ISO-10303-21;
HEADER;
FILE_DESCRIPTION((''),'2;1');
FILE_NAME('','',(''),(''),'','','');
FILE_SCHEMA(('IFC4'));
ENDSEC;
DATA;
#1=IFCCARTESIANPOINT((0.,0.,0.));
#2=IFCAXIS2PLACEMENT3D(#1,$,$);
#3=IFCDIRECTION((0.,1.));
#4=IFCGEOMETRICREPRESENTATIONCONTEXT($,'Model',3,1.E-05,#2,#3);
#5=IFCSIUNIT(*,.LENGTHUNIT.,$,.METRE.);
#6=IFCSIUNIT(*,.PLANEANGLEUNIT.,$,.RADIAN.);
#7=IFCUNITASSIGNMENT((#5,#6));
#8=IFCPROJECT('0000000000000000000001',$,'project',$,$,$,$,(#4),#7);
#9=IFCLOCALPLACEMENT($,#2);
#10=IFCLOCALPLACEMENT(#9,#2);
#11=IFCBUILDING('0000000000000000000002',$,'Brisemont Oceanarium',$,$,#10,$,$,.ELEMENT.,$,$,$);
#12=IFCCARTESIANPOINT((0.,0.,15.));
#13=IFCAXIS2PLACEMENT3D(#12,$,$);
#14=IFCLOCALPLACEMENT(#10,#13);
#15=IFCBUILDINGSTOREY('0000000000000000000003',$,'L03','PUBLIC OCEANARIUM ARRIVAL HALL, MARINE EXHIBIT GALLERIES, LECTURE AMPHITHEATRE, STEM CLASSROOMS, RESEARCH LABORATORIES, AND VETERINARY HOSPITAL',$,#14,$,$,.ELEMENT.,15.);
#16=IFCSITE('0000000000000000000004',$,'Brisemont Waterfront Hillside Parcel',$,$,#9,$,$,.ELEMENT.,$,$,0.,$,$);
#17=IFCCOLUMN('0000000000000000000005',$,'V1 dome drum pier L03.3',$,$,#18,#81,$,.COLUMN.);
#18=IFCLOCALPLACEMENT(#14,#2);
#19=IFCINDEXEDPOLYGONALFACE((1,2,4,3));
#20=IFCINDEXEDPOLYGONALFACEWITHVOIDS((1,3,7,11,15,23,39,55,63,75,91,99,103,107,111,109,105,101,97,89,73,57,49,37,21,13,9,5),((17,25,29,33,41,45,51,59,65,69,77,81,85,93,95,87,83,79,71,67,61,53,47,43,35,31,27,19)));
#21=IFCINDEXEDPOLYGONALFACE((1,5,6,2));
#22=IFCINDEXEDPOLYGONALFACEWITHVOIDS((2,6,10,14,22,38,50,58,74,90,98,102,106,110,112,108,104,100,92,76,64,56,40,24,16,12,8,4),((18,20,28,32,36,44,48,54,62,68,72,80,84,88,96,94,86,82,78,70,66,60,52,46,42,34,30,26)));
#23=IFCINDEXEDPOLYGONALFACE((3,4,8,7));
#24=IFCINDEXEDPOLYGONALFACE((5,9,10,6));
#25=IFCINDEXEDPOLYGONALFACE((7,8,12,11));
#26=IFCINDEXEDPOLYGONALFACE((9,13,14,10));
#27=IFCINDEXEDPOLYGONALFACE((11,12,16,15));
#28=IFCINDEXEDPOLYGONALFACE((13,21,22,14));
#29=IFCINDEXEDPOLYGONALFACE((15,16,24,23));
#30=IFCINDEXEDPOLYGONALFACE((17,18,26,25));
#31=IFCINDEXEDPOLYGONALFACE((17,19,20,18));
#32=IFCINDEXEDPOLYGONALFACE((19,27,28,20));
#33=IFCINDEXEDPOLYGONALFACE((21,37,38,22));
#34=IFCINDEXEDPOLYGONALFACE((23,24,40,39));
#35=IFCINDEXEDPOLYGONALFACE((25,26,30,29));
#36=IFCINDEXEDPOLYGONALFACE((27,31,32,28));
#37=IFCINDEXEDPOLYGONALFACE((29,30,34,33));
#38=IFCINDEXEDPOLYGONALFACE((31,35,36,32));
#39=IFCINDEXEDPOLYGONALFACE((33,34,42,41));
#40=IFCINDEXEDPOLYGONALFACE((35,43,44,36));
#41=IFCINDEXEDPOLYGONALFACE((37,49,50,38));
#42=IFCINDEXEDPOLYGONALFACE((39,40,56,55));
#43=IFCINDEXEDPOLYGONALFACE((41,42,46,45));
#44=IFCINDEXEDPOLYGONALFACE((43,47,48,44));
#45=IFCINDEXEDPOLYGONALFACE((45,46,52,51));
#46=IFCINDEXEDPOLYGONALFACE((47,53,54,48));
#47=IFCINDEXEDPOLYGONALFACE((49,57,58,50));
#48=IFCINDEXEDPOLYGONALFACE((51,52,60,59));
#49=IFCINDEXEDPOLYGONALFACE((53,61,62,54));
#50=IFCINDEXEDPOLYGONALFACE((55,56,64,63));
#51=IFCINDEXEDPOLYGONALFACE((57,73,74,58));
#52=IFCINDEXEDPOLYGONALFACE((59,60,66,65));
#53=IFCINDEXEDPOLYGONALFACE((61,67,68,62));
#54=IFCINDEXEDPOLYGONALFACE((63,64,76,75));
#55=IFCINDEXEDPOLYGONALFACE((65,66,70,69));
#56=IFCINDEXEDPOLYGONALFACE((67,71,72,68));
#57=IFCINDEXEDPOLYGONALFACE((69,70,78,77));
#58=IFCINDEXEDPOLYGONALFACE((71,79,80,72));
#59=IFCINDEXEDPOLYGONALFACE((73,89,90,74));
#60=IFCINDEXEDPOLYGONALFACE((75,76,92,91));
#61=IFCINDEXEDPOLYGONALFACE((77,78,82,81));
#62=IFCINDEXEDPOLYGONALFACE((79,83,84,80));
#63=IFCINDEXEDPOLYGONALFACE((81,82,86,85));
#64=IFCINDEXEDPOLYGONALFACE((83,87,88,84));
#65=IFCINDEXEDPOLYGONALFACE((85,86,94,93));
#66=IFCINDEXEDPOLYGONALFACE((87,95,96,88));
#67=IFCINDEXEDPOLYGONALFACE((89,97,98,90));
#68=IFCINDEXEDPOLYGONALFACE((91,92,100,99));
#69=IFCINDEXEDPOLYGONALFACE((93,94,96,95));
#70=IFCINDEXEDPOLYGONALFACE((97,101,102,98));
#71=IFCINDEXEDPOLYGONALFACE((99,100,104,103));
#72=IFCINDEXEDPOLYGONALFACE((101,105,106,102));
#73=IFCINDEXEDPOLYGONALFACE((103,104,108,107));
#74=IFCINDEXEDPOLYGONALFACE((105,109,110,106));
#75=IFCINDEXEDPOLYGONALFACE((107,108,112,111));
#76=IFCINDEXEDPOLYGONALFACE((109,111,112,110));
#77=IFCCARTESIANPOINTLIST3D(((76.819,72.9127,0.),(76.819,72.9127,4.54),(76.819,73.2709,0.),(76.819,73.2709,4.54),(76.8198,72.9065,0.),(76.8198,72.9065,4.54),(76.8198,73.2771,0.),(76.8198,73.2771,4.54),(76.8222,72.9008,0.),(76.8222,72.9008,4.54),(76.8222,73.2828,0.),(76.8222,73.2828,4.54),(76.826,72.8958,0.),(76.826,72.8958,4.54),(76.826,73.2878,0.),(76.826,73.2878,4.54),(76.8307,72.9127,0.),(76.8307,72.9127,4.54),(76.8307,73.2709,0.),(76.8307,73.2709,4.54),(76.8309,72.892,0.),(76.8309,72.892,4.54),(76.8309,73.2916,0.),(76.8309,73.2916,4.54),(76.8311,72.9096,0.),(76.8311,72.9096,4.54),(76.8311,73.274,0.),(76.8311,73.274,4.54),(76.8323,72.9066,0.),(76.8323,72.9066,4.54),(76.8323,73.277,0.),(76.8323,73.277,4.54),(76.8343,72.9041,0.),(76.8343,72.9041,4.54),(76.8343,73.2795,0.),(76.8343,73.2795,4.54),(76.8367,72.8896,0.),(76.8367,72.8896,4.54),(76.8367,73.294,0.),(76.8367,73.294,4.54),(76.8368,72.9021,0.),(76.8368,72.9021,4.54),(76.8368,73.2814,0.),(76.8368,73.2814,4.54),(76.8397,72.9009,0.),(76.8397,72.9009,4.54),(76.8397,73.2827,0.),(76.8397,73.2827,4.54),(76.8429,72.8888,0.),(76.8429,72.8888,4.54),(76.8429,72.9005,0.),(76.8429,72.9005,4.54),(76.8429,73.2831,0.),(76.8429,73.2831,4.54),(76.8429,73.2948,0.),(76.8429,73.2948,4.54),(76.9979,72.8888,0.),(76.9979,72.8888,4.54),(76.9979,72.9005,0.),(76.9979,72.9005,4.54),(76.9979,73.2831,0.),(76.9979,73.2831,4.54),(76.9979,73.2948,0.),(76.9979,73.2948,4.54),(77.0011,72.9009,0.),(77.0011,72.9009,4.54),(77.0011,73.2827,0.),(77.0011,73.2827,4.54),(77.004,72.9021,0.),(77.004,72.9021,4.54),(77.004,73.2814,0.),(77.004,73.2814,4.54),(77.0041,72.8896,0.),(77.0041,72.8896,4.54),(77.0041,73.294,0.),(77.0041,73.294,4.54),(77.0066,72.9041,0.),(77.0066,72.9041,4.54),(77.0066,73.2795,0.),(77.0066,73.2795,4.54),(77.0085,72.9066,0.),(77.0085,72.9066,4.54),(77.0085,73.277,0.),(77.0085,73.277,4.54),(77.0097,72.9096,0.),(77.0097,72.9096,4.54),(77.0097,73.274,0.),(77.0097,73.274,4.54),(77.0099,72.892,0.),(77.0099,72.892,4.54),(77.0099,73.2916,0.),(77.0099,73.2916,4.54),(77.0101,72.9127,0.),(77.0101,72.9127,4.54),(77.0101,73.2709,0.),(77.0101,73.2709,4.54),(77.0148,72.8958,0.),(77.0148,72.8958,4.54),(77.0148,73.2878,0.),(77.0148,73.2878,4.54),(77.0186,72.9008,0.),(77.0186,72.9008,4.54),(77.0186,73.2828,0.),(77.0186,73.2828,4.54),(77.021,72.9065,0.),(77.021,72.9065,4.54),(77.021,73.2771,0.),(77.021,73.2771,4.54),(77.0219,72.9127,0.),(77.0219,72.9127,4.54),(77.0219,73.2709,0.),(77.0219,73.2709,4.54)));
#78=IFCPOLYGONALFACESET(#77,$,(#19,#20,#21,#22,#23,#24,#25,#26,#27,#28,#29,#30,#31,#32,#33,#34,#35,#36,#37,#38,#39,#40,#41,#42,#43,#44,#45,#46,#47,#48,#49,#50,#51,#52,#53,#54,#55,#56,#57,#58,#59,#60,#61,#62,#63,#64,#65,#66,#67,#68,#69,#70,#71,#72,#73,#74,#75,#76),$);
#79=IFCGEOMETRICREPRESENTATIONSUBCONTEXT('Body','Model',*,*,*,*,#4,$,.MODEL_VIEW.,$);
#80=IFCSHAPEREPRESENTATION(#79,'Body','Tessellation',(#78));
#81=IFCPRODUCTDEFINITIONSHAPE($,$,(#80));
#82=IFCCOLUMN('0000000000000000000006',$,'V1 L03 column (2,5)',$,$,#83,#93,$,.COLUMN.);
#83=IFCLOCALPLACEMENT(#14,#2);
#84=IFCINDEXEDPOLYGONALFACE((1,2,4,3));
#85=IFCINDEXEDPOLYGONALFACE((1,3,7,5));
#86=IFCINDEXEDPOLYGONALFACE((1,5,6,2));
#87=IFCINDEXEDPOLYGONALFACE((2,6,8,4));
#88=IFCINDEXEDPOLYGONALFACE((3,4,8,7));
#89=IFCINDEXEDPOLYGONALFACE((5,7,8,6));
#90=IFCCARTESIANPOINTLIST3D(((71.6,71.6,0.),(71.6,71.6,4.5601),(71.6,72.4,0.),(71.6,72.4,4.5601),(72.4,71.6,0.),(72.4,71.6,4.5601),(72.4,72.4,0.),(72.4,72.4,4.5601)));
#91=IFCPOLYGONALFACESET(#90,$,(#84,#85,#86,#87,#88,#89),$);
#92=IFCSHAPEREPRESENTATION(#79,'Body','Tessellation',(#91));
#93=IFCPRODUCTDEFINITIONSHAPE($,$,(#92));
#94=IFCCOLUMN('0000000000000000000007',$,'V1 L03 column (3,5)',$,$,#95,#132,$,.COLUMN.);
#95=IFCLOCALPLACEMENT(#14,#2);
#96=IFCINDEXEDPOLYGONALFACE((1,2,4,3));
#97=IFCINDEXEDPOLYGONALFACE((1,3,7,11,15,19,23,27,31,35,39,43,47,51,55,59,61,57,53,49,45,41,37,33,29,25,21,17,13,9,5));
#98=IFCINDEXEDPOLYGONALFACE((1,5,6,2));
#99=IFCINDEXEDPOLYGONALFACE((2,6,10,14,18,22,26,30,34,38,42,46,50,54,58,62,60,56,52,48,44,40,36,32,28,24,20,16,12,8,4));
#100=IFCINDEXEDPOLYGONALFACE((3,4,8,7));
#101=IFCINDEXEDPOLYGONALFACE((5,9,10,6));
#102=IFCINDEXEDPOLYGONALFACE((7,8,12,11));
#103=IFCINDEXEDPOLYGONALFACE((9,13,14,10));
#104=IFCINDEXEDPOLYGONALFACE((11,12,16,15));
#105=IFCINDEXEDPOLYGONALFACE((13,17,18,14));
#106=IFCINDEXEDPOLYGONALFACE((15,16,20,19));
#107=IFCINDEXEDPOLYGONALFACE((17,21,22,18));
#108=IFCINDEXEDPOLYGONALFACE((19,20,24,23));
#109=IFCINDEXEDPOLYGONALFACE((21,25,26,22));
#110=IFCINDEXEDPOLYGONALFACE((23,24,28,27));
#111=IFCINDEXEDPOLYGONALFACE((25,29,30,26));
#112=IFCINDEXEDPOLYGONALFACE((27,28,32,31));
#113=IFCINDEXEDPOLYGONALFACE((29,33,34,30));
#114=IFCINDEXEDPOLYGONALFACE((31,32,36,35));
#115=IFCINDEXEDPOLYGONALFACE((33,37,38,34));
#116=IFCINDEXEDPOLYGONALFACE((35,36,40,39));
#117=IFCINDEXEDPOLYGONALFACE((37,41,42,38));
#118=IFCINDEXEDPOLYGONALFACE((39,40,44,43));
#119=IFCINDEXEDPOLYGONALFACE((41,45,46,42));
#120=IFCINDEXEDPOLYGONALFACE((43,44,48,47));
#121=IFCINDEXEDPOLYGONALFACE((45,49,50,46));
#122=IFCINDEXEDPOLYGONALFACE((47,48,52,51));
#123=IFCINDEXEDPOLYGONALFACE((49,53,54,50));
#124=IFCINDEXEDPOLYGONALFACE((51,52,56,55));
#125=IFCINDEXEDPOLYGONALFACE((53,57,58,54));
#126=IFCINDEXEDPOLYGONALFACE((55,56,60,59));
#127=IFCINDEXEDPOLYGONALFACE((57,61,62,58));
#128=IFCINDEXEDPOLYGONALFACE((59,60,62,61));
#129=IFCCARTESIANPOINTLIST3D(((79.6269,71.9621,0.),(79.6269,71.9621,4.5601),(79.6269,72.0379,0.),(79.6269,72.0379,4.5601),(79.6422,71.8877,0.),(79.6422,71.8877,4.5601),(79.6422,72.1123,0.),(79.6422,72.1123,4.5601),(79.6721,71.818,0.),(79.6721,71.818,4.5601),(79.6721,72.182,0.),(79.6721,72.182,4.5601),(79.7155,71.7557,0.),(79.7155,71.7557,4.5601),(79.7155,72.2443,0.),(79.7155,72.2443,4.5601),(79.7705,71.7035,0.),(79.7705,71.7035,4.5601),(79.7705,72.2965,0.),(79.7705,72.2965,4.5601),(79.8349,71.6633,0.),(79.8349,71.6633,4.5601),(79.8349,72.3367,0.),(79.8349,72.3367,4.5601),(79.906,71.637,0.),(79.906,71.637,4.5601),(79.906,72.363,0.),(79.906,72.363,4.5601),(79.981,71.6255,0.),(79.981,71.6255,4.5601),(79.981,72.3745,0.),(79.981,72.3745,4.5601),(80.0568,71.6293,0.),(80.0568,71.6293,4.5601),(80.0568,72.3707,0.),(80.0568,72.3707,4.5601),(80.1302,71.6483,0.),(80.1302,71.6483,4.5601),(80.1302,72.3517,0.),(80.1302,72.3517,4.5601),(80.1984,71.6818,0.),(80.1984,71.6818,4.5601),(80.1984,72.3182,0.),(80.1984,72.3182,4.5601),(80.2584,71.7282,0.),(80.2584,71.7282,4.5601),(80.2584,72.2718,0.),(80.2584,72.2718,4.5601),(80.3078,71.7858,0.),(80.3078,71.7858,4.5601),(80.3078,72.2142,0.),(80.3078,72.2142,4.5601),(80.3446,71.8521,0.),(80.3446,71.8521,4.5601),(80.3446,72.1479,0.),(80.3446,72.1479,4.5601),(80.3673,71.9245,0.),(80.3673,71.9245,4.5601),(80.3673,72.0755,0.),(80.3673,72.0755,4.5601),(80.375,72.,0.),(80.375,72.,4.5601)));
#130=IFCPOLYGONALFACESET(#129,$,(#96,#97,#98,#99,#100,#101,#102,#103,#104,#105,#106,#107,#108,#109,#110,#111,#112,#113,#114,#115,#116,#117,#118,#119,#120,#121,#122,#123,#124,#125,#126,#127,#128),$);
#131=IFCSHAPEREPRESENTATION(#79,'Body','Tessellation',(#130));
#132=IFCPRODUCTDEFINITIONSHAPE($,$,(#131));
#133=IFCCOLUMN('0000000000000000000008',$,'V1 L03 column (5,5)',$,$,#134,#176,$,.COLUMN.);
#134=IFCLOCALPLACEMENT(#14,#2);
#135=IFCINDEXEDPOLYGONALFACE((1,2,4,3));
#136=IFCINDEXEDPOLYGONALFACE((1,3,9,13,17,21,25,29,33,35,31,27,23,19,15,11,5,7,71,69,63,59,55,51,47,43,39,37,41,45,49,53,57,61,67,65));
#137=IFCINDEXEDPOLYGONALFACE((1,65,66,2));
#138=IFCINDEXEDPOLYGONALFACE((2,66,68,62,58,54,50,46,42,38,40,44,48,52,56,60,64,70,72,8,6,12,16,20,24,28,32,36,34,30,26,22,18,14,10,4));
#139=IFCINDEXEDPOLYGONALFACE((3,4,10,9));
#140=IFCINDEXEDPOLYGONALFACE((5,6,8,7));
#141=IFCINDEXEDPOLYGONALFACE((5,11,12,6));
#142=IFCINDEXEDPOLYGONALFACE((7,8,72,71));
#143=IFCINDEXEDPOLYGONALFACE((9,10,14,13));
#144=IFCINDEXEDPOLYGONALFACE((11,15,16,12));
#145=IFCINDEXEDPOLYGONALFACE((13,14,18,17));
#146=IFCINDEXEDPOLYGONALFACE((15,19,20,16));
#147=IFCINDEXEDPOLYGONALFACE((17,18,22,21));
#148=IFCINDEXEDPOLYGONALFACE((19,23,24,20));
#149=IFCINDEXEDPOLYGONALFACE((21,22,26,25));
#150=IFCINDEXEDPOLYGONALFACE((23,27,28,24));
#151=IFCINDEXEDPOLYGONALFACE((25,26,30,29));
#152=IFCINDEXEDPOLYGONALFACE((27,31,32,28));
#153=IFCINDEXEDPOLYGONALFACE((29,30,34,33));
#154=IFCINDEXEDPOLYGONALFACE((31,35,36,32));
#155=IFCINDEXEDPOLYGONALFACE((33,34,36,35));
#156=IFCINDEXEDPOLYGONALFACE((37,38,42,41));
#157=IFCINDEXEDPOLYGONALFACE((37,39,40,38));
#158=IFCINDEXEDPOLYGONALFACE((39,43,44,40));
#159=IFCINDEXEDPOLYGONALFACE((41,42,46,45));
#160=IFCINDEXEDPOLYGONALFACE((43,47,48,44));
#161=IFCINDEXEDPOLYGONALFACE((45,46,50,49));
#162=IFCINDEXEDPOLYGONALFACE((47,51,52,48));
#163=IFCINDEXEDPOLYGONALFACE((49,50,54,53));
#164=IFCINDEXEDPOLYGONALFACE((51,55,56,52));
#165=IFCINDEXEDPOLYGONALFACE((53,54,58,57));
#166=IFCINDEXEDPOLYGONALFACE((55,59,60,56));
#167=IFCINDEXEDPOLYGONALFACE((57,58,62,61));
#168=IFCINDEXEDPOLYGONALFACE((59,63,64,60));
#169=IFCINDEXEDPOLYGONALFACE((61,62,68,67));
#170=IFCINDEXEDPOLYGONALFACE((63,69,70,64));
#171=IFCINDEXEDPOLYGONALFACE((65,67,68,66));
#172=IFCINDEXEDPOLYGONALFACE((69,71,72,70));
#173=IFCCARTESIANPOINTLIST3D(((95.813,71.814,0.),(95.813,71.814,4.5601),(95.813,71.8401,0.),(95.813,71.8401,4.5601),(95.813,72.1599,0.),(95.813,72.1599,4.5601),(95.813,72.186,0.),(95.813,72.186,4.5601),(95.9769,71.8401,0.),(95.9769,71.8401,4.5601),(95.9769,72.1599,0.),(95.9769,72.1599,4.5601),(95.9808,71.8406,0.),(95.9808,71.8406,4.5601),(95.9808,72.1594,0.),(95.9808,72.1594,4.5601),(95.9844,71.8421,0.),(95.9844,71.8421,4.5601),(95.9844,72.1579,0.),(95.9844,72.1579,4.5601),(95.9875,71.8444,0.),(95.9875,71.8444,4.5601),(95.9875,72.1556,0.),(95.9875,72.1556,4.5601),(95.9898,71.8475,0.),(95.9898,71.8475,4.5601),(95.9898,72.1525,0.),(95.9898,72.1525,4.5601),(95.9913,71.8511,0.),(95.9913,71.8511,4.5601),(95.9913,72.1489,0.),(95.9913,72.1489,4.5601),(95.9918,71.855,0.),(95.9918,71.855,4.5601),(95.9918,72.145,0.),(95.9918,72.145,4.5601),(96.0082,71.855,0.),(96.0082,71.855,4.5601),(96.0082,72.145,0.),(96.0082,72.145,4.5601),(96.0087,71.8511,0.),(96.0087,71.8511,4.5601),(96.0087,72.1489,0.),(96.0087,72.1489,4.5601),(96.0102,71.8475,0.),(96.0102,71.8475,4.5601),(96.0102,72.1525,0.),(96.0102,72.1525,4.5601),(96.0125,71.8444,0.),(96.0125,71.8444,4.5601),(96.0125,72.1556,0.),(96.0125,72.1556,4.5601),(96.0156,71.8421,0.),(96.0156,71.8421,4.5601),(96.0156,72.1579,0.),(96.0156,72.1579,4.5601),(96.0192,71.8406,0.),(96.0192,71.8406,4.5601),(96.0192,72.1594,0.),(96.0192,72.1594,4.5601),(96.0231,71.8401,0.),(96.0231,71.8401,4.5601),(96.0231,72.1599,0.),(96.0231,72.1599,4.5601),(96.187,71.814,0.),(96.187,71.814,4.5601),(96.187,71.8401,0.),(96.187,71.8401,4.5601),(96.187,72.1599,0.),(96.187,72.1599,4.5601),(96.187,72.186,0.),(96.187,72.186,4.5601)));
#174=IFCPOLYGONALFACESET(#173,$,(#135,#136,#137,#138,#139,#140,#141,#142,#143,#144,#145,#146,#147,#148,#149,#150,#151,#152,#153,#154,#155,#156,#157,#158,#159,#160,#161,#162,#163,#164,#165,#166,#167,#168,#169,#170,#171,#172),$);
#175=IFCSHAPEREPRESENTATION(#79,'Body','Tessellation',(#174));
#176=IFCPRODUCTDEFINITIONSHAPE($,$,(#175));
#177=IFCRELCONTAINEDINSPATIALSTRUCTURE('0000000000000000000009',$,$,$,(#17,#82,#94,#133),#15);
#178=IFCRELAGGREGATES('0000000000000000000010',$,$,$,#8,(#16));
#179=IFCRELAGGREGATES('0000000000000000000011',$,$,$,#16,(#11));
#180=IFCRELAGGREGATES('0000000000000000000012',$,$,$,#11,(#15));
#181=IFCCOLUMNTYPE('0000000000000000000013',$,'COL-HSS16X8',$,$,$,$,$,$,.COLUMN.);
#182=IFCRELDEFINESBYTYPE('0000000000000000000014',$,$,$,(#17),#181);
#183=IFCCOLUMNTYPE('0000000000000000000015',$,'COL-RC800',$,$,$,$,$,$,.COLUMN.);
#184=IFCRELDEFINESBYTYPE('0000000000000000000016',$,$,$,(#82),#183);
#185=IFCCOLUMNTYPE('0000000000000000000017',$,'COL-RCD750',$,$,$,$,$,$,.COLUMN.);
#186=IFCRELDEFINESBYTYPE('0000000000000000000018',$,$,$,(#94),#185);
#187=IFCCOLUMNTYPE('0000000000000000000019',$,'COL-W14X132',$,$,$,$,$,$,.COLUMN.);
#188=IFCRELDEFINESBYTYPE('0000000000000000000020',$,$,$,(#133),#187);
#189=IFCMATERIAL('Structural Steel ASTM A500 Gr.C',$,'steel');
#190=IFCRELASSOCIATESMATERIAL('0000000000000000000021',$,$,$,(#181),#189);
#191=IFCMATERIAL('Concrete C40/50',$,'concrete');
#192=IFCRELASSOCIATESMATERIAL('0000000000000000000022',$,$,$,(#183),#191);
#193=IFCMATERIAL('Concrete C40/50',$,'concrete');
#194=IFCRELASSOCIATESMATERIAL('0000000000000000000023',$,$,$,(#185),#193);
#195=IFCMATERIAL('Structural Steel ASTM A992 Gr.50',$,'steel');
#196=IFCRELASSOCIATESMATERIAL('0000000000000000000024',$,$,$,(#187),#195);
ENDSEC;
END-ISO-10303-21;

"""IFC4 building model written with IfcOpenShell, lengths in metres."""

from ifc_helpers import new_model, si_unit, direction, frame, origin, origin_2d, place, context, subcontext, project, spatial, rectangle, hollow_rectangle, circle, i_section, extrude, material, material_profile, profile_set, type_object, element, save


model = new_model("IFC4")

# Units and contexts
model_context = context("Model", 3, precision=1e-05, world=origin(), true_north=direction((0.0, 1.0)))
body_context = subcontext(model_context, "Body", "Model", "MODEL_VIEW")
ifc_project = project(units=[si_unit("LENGTHUNIT", "METRE"), si_unit("PLANEANGLEUNIT", "RADIAN")], contexts=[model_context])

# Site, building, storey
site_placement = place(None, origin())
site = spatial("IfcSite", under=ifc_project, at=site_placement, Name="Brisemont Waterfront Hillside Parcel", CompositionType="ELEMENT", RefElevation=0.0)
building_placement = place(site_placement, origin())
building = spatial("IfcBuilding", under=site, at=building_placement, Name="Brisemont Oceanarium", CompositionType="ELEMENT")
storey_placement = place(building_placement, frame((0.0, 0.0, 15.0)))
storey = spatial("IfcBuildingStorey", under=building, at=storey_placement, Name="L03", Description="PUBLIC OCEANARIUM ARRIVAL HALL, MARINE EXHIBIT GALLERIES, LECTURE AMPHITHEATRE, STEM CLASSROOMS, RESEARCH LABORATORIES, AND VETERINARY HOSPITAL", CompositionType="ELEMENT", Elevation=15.0)

# Columns
ifc_material_1 = material(Name="Structural Steel ASTM A500 Gr.C", Category="steel")
ifc_material_profile_1 = material_profile(ifc_material_1, hollow_rectangle(XDim=0.2029, YDim=0.406, WallThickness=0.0117, InnerFilletRadius=0.0122, OuterFilletRadius=0.0239, at=origin_2d()), Name="HSS16X8X1/2")
ifc_profile_set_1 = profile_set([ifc_material_profile_1], Name="Structural Steel ASTM A500 Gr.C")
column_type_1 = type_object("IfcColumnType", Name="COL-HSS16X8", PredefinedType="COLUMN", material=ifc_profile_set_1)
for number, where, z_axis, x_axis, name in (
    (1, (76.9204, 73.0918, 0.0), (0.0, 0.0, 1.0), (1.0, 0.0, 0.0), "V1 dome drum pier L03.3"),
):
    element("IfcColumn", number, at=place(storey_placement, frame(where, z_axis=z_axis, x_axis=x_axis)), inside=storey, type_object=column_type_1, Name=name, PredefinedType="COLUMN", context=body_context, shape_type="SweptSolid", body=[
        extrude(hollow_rectangle(XDim=0.2029, YDim=0.406, WallThickness=0.0117, InnerFilletRadius=0.0122, OuterFilletRadius=0.0239, at=origin_2d()), origin(), (0.0, 0.0, 1.0), 4.54),
    ])
ifc_material_2 = material(Name="Concrete C40/50", Category="concrete")
ifc_material_profile_2 = material_profile(ifc_material_2, rectangle(XDim=0.8, YDim=0.8, at=origin_2d()), Name="RC-COL-800X800")
ifc_profile_set_2 = profile_set([ifc_material_profile_2], Name="Concrete C40/50")
column_type_2 = type_object("IfcColumnType", Name="COL-RC800", PredefinedType="COLUMN", material=ifc_profile_set_2)
column_1_placement = place(storey_placement, frame((72.0, 72.0, 0.0), z_axis=(0.0, 0.0, 1.0), x_axis=(0.0, 1.0, 0.0)))
element("IfcColumn", 2, at=column_1_placement, inside=storey, type_object=column_type_2, Name="V1 L03 column (2,5)", PredefinedType="COLUMN", context=body_context, shape_type="SweptSolid", body=[
    extrude(rectangle(XDim=0.8, YDim=0.8, at=origin_2d()), origin(), (0.0, 0.0, 1.0), 4.5601),
])
ifc_material_3 = material(Name="Concrete C40/50", Category="concrete")
ifc_material_profile_3 = material_profile(ifc_material_3, circle(Radius=0.375, at=origin_2d()), Name="RC-COL-D750")
ifc_profile_set_3 = profile_set([ifc_material_profile_3], Name="Concrete C40/50")
column_type_3 = type_object("IfcColumnType", Name="COL-RCD750", PredefinedType="COLUMN", material=ifc_profile_set_3)
column_2_placement = place(storey_placement, frame((80.0, 72.0, 0.0), z_axis=(0.0, 0.0, 1.0), x_axis=(1.0, 0.0, 0.0)))
element("IfcColumn", 3, at=column_2_placement, inside=storey, type_object=column_type_3, Name="V1 L03 column (3,5)", PredefinedType="COLUMN", context=body_context, shape_type="SweptSolid", body=[
    extrude(circle(Radius=0.375, at=origin_2d()), origin(), (0.0, 0.0, 1.0), 4.5601),
])
ifc_material_4 = material(Name="Structural Steel ASTM A992 Gr.50", Category="steel")
ifc_material_profile_4 = material_profile(ifc_material_4, i_section(OverallWidth=0.374, OverallDepth=0.3721, WebThickness=0.0164, FlangeThickness=0.0261, FilletRadius=0.0149, at=origin_2d()), Name="W14X132")
ifc_profile_set_4 = profile_set([ifc_material_profile_4], Name="Structural Steel ASTM A992 Gr.50")
column_type_4 = type_object("IfcColumnType", Name="COL-W14X132", PredefinedType="COLUMN", material=ifc_profile_set_4)
column_3_placement = place(storey_placement, frame((96.0, 72.0, 0.0), z_axis=(0.0, 0.0, 1.0), x_axis=(1.0, 0.0, 0.0)))
element("IfcColumn", 4, at=column_3_placement, inside=storey, type_object=column_type_4, Name="V1 L03 column (5,5)", PredefinedType="COLUMN", context=body_context, shape_type="SweptSolid", body=[
    extrude(i_section(OverallWidth=0.374, OverallDepth=0.3721, WebThickness=0.0164, FlangeThickness=0.0261, FilletRadius=0.0149, at=origin_2d()), origin(), (0.0, 0.0, 1.0), 4.5601),
])

save(model, "model.ifc")
